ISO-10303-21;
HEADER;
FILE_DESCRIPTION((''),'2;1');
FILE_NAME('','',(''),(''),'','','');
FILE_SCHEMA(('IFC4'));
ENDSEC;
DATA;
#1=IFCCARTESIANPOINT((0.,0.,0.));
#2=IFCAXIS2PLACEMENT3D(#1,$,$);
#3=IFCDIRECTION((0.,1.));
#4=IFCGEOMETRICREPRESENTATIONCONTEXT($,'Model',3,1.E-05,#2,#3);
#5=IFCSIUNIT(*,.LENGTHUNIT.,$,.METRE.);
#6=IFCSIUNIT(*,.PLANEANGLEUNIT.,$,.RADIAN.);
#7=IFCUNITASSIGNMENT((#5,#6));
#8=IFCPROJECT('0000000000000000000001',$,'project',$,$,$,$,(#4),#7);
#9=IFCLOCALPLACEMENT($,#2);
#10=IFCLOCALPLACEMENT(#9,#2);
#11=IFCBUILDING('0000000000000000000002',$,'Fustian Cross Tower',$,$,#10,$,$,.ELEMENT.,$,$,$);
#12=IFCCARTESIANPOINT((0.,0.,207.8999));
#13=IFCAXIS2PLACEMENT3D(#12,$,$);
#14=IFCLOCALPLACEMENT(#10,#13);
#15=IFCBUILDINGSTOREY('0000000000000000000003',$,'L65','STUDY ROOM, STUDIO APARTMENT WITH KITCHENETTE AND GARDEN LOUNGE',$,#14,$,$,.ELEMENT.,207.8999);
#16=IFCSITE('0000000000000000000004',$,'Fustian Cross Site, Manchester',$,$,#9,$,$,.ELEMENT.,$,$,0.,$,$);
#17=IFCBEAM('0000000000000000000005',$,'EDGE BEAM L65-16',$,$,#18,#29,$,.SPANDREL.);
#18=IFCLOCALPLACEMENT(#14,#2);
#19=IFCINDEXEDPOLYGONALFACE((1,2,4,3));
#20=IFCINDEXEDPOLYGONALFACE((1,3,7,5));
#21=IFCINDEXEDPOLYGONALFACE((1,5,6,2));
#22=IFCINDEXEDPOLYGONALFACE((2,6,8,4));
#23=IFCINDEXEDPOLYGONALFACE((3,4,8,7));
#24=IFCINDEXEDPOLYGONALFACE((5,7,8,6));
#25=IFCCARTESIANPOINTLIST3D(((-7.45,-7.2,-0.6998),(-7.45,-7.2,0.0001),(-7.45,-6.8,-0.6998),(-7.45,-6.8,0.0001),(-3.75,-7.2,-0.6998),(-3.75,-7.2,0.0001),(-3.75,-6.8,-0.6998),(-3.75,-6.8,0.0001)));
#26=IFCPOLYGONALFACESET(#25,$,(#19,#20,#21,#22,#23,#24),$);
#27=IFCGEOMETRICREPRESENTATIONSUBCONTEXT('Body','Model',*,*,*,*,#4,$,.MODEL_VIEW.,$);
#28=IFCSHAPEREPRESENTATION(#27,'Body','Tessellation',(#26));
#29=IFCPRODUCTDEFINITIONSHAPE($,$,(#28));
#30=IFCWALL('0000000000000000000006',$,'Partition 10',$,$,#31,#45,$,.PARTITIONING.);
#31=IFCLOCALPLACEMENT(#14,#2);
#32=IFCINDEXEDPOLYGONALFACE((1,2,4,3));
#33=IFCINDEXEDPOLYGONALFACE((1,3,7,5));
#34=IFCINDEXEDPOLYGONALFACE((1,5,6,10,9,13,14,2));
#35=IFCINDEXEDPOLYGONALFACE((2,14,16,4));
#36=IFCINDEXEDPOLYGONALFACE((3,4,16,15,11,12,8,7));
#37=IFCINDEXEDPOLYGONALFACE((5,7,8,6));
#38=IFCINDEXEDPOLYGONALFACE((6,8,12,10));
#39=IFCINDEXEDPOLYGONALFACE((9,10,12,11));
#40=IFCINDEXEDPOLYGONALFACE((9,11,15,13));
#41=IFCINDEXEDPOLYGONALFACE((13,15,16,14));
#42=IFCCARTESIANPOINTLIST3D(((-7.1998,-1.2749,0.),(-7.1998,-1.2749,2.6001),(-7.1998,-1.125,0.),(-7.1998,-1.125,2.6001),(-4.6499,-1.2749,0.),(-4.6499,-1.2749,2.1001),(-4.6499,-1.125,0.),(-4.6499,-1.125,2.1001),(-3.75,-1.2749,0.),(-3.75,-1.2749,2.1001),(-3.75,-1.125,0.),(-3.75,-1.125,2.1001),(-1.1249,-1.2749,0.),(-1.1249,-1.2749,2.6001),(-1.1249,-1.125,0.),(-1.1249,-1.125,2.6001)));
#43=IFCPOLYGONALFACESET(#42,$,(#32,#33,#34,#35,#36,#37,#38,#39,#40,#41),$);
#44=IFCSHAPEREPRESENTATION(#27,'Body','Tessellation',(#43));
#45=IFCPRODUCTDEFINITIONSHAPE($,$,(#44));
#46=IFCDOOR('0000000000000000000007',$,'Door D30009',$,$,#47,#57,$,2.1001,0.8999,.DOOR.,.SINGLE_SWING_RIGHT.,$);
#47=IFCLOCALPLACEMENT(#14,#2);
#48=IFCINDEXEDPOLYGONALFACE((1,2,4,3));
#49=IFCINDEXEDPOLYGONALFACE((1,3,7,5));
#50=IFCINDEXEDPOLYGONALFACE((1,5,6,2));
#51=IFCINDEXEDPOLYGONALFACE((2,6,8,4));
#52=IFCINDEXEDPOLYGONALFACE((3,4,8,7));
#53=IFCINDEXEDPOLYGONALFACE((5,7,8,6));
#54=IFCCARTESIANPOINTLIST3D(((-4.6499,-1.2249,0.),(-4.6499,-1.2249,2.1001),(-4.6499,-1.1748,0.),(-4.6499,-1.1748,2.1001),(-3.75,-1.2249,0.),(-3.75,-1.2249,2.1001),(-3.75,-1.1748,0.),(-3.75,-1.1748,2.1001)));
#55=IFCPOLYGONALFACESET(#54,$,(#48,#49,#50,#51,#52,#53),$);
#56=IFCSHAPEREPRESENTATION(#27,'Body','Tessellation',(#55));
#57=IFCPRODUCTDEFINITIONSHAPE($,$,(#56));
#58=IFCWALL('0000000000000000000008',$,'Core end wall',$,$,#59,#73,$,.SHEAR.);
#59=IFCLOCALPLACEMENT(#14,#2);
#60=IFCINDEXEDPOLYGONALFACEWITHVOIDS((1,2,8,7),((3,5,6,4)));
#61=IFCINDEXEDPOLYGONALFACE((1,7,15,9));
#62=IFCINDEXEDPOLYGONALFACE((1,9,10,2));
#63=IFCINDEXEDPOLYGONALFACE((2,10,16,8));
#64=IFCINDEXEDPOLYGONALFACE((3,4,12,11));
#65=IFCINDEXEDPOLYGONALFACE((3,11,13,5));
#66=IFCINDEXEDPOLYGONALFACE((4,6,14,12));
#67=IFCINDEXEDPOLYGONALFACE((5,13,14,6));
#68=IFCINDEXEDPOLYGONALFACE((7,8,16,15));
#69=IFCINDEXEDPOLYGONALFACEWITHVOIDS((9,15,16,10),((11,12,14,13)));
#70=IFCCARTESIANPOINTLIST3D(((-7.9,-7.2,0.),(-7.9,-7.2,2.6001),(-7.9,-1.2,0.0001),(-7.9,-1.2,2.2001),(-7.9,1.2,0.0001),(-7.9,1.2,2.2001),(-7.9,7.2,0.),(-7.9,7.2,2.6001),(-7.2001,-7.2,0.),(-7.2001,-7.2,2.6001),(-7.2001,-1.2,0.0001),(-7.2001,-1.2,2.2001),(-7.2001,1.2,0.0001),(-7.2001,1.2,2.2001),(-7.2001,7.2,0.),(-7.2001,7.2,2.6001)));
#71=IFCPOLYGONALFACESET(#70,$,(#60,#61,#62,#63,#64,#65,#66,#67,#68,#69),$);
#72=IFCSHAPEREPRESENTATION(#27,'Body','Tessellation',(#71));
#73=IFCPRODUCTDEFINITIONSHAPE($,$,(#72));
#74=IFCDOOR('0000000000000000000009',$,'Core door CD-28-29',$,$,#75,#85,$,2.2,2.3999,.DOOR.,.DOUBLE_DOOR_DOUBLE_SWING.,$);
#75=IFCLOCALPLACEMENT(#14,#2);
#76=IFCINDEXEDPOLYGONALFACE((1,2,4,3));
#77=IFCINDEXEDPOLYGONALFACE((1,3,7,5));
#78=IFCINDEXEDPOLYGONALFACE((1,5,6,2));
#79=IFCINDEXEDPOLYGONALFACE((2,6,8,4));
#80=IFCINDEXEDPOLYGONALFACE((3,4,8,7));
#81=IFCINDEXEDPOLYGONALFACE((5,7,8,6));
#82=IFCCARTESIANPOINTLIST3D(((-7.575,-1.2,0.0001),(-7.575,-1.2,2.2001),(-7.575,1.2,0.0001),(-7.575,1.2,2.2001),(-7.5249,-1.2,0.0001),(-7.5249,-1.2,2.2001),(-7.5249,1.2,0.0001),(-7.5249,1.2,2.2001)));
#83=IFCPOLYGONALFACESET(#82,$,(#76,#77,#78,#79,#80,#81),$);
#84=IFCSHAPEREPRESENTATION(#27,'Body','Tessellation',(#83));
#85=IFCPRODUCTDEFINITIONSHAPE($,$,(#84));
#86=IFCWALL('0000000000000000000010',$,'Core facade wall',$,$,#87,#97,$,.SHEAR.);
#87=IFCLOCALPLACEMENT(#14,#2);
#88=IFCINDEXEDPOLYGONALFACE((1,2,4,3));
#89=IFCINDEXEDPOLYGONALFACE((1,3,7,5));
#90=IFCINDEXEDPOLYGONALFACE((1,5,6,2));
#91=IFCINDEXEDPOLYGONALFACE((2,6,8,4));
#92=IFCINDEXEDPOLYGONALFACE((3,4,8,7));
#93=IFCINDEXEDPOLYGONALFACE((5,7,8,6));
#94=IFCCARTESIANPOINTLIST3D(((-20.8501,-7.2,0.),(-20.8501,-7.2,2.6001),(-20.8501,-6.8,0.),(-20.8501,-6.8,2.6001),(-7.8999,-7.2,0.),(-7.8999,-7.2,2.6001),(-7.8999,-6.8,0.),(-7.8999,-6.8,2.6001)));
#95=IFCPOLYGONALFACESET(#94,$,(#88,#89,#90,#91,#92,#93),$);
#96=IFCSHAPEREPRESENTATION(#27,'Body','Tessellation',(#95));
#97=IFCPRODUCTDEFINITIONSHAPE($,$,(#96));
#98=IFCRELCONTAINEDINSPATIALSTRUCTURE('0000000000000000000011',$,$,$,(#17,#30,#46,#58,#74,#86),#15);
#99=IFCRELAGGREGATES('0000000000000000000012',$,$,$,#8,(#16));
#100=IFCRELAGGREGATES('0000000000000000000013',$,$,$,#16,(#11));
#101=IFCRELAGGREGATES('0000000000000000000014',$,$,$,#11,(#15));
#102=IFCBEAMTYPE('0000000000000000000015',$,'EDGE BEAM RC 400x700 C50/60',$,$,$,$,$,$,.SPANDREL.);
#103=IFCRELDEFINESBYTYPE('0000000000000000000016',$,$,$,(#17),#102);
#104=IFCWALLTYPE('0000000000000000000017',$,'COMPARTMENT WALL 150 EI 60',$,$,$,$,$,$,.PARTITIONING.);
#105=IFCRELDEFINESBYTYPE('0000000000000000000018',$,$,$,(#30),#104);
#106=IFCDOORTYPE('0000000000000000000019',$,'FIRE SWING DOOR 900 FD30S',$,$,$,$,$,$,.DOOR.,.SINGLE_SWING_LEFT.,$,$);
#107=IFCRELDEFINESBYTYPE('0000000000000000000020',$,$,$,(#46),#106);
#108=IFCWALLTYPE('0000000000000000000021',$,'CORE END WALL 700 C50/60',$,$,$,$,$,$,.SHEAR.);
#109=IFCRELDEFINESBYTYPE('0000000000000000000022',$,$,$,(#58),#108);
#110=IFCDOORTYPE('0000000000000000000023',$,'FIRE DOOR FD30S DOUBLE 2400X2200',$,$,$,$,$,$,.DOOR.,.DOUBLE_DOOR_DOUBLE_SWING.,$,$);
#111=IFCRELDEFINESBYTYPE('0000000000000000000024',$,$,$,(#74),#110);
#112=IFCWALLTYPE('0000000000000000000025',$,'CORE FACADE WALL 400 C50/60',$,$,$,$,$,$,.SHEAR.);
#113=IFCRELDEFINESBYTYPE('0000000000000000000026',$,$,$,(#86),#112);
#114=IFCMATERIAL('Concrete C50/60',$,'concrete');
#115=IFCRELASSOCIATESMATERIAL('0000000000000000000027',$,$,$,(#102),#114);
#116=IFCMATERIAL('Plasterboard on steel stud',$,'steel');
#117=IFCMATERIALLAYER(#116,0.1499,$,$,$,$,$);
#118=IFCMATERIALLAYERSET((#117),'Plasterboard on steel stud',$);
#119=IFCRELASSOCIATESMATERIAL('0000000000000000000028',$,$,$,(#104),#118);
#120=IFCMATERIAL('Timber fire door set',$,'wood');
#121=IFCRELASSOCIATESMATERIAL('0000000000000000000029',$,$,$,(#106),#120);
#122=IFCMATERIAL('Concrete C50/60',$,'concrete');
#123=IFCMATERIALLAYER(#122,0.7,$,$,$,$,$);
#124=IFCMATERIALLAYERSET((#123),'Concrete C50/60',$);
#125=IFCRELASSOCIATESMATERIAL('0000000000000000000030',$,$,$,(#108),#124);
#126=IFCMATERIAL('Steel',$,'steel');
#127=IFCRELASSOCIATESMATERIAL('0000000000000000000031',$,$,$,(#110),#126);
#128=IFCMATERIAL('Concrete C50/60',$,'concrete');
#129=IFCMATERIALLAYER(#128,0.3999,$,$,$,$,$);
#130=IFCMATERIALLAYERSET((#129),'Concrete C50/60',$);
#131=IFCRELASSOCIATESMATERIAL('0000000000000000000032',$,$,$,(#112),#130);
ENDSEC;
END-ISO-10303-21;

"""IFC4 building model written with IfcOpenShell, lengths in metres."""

from ifc_helpers import new_model, si_unit, direction, frame, frame_2d, origin, origin_2d, place, context, subcontext, project, spatial, rectangle, extrude, material, layer, layer_set, material_profile, profile_set, type_object, element, fill, save


model = new_model("IFC4")

# Units and contexts
model_context = context("Model", 3, precision=1e-05, world=origin(), true_north=direction((0.0, 1.0)))
body_context = subcontext(model_context, "Body", "Model", "MODEL_VIEW")
ifc_project = project(units=[si_unit("LENGTHUNIT", "METRE"), si_unit("PLANEANGLEUNIT", "RADIAN")], contexts=[model_context])

# Site, building, storey
site_placement = place(None, origin())
site = spatial("IfcSite", under=ifc_project, at=site_placement, Name="Fustian Cross Site, Manchester", CompositionType="ELEMENT", RefElevation=0.0)
building_placement = place(site_placement, origin())
building = spatial("IfcBuilding", under=site, at=building_placement, Name="Fustian Cross Tower", CompositionType="ELEMENT")
storey_placement = place(building_placement, frame((0.0, 0.0, 207.8999)))
storey = spatial("IfcBuildingStorey", under=building, at=storey_placement, Name="L65", Description="STUDY ROOM, STUDIO APARTMENT WITH KITCHENETTE AND GARDEN LOUNGE", CompositionType="ELEMENT", Elevation=207.8999)

# Beam
ifc_material_1 = material(Name="Concrete C50/60", Category="concrete")
ifc_material_profile = material_profile(ifc_material_1, rectangle(XDim=0.3999, YDim=0.7, at=origin_2d()), Name="RC 400x700")
ifc_profile_set = profile_set([ifc_material_profile], Name="Concrete C50/60")
beam_type = type_object("IfcBeamType", Name="EDGE BEAM RC 400x700 C50/60", PredefinedType="SPANDREL", material=ifc_profile_set)
beam_placement = place(storey_placement, frame((-7.45, -7.0, -0.3499), z_axis=(1.0, 0.0, 0.0), x_axis=(0.0, 1.0, 0.0)))
element("IfcBeam", 1, at=beam_placement, inside=storey, type_object=beam_type, Name="EDGE BEAM L65-16", PredefinedType="SPANDREL", context=body_context, shape_type="SweptSolid", body=[
    extrude(rectangle(XDim=0.3999, YDim=0.7, at=origin_2d()), origin(), (0.0, 0.0, 1.0), 3.7),
])

# Walls, openings, doors
ifc_material_2 = material(Name="Plasterboard on steel stud", Category="steel")
ifc_layer_1 = layer(ifc_material_2, 0.1499)
ifc_layer_set_1 = layer_set([ifc_layer_1], Name="Plasterboard on steel stud")
wall_type_1 = type_object("IfcWallType", Name="COMPARTMENT WALL 150 EI 60", PredefinedType="PARTITIONING", material=ifc_layer_set_1)
wall_1_placement = place(storey_placement, frame((-7.2, -1.2, 0.0), z_axis=(0.0, 0.0, 1.0), x_axis=(1.0, 0.0, 0.0)))
wall_1 = element("IfcWall", 2, at=wall_1_placement, inside=storey, type_object=wall_type_1, Name="Partition 10", PredefinedType="PARTITIONING", context=body_context, shape_type="SweptSolid", body=[
    extrude(rectangle(XDim=6.075, YDim=0.1499, at=frame_2d((3.0376, 0.0))), origin(), (0.0, 0.0, 1.0), 2.6001),
])
opening_1_placement = place(wall_1_placement, frame((2.55, 0.0, 0.0)))
opening_1 = element("IfcOpeningElement", 3, at=opening_1_placement, cuts=wall_1, PredefinedType="OPENING", context=body_context, shape_type="SweptSolid", body=[
    extrude(rectangle(XDim=0.8999, YDim=2.1001, at=frame_2d((0.45, 1.05))), frame((0.0, 0.085, 0.0), z_axis=(0.0, -1.0, 0.0), x_axis=(1.0, 0.0, 0.0)), (0.0, 0.0, 1.0), 0.1699),
])
ifc_material_3 = material(Name="Timber fire door set", Category="wood")
door_type_1 = type_object("IfcDoorType", Name="FIRE SWING DOOR 900 FD30S", OperationType="SINGLE_SWING_LEFT", PredefinedType="DOOR", material=ifc_material_3)
door_1_placement = place(opening_1_placement, frame((0.8999, 0.0, 0.0), z_axis=(0.0, 0.0, 1.0), x_axis=(-1.0, 0.0, 0.0)))
door_1 = element("IfcDoor", 4, at=door_1_placement, inside=storey, type_object=door_type_1, Name="Door D30009", OperationType="SINGLE_SWING_RIGHT", OverallHeight=2.1001, OverallWidth=0.8999, PredefinedType="DOOR", context=body_context, shape_type="SweptSolid", body=[
    extrude(rectangle(XDim=0.8999, YDim=2.1001, at=frame_2d((0.45, 1.05))), frame((0.0, 0.0249, 0.0), z_axis=(0.0, -1.0, 0.0), x_axis=(1.0, 0.0, 0.0)), (0.0, 0.0, 1.0), 0.05),
])
fill(opening_1, door_1)
ifc_material_4 = material(Name="Concrete C50/60", Category="concrete")
ifc_layer_2 = layer(ifc_material_4, 0.7)
ifc_layer_set_2 = layer_set([ifc_layer_2], Name="Concrete C50/60")
wall_type_2 = type_object("IfcWallType", Name="CORE END WALL 700 C50/60", PredefinedType="SHEAR", material=ifc_layer_set_2)
wall_2_placement = place(storey_placement, frame((-7.55, -7.2, 0.0), z_axis=(0.0, 0.0, 1.0), x_axis=(0.0, 1.0, 0.0)))
wall_2 = element("IfcWall", 5, at=wall_2_placement, inside=storey, type_object=wall_type_2, Name="Core end wall", PredefinedType="SHEAR", context=body_context, shape_type="SweptSolid", body=[
    extrude(rectangle(XDim=14.3999, YDim=0.7, at=frame_2d((7.2, 0.0))), origin(), (0.0, 0.0, 1.0), 2.6001),
])
opening_2_placement = place(wall_2_placement, frame((6.0, 0.0, 0.0)))
opening_2 = element("IfcOpeningElement", 6, at=opening_2_placement, cuts=wall_2, PredefinedType="OPENING", context=body_context, shape_type="SweptSolid", body=[
    extrude(rectangle(XDim=2.3999, YDim=2.2, at=frame_2d((1.2, 1.1001))), frame((0.0, 0.3599, 0.0), z_axis=(0.0, -1.0, 0.0), x_axis=(1.0, 0.0, 0.0)), (0.0, 0.0, 1.0), 0.72),
])
ifc_material_5 = material(Name="Steel", Category="steel")
door_type_2 = type_object("IfcDoorType", Name="FIRE DOOR FD30S DOUBLE 2400X2200", OperationType="DOUBLE_DOOR_DOUBLE_SWING", PredefinedType="DOOR", material=ifc_material_5)
door_2_placement = place(opening_2_placement, origin())
door_2 = element("IfcDoor", 7, at=door_2_placement, inside=storey, type_object=door_type_2, Name="Core door CD-28-29", OperationType="DOUBLE_DOOR_DOUBLE_SWING", OverallHeight=2.2, OverallWidth=2.3999, PredefinedType="DOOR", context=body_context, shape_type="SweptSolid", body=[
    extrude(rectangle(XDim=2.3999, YDim=2.2, at=frame_2d((1.2, 1.1001))), frame((0.0, 0.0249, 0.0), z_axis=(0.0, -1.0, 0.0), x_axis=(1.0, 0.0, 0.0)), (0.0, 0.0, 1.0), 0.05),
])
fill(opening_2, door_2)

# Wall
ifc_material_6 = material(Name="Concrete C50/60", Category="concrete")
ifc_layer_3 = layer(ifc_material_6, 0.3999)
ifc_layer_set_3 = layer_set([ifc_layer_3], Name="Concrete C50/60")
wall_type_3 = type_object("IfcWallType", Name="CORE FACADE WALL 400 C50/60", PredefinedType="SHEAR", material=ifc_layer_set_3)
wall_3_placement = place(storey_placement, frame((-7.8999, -7.0, 0.0), z_axis=(0.0, 0.0, 1.0), x_axis=(-1.0, 0.0, 0.0)))
element("IfcWall", 8, at=wall_3_placement, inside=storey, type_object=wall_type_3, Name="Core facade wall", PredefinedType="SHEAR", context=body_context, shape_type="SweptSolid", body=[
    extrude(rectangle(XDim=12.9502, YDim=0.3999, at=frame_2d((6.4751, 0.0))), origin(), (0.0, 0.0, 1.0), 2.6001),
])

save(model, "model.ifc")
